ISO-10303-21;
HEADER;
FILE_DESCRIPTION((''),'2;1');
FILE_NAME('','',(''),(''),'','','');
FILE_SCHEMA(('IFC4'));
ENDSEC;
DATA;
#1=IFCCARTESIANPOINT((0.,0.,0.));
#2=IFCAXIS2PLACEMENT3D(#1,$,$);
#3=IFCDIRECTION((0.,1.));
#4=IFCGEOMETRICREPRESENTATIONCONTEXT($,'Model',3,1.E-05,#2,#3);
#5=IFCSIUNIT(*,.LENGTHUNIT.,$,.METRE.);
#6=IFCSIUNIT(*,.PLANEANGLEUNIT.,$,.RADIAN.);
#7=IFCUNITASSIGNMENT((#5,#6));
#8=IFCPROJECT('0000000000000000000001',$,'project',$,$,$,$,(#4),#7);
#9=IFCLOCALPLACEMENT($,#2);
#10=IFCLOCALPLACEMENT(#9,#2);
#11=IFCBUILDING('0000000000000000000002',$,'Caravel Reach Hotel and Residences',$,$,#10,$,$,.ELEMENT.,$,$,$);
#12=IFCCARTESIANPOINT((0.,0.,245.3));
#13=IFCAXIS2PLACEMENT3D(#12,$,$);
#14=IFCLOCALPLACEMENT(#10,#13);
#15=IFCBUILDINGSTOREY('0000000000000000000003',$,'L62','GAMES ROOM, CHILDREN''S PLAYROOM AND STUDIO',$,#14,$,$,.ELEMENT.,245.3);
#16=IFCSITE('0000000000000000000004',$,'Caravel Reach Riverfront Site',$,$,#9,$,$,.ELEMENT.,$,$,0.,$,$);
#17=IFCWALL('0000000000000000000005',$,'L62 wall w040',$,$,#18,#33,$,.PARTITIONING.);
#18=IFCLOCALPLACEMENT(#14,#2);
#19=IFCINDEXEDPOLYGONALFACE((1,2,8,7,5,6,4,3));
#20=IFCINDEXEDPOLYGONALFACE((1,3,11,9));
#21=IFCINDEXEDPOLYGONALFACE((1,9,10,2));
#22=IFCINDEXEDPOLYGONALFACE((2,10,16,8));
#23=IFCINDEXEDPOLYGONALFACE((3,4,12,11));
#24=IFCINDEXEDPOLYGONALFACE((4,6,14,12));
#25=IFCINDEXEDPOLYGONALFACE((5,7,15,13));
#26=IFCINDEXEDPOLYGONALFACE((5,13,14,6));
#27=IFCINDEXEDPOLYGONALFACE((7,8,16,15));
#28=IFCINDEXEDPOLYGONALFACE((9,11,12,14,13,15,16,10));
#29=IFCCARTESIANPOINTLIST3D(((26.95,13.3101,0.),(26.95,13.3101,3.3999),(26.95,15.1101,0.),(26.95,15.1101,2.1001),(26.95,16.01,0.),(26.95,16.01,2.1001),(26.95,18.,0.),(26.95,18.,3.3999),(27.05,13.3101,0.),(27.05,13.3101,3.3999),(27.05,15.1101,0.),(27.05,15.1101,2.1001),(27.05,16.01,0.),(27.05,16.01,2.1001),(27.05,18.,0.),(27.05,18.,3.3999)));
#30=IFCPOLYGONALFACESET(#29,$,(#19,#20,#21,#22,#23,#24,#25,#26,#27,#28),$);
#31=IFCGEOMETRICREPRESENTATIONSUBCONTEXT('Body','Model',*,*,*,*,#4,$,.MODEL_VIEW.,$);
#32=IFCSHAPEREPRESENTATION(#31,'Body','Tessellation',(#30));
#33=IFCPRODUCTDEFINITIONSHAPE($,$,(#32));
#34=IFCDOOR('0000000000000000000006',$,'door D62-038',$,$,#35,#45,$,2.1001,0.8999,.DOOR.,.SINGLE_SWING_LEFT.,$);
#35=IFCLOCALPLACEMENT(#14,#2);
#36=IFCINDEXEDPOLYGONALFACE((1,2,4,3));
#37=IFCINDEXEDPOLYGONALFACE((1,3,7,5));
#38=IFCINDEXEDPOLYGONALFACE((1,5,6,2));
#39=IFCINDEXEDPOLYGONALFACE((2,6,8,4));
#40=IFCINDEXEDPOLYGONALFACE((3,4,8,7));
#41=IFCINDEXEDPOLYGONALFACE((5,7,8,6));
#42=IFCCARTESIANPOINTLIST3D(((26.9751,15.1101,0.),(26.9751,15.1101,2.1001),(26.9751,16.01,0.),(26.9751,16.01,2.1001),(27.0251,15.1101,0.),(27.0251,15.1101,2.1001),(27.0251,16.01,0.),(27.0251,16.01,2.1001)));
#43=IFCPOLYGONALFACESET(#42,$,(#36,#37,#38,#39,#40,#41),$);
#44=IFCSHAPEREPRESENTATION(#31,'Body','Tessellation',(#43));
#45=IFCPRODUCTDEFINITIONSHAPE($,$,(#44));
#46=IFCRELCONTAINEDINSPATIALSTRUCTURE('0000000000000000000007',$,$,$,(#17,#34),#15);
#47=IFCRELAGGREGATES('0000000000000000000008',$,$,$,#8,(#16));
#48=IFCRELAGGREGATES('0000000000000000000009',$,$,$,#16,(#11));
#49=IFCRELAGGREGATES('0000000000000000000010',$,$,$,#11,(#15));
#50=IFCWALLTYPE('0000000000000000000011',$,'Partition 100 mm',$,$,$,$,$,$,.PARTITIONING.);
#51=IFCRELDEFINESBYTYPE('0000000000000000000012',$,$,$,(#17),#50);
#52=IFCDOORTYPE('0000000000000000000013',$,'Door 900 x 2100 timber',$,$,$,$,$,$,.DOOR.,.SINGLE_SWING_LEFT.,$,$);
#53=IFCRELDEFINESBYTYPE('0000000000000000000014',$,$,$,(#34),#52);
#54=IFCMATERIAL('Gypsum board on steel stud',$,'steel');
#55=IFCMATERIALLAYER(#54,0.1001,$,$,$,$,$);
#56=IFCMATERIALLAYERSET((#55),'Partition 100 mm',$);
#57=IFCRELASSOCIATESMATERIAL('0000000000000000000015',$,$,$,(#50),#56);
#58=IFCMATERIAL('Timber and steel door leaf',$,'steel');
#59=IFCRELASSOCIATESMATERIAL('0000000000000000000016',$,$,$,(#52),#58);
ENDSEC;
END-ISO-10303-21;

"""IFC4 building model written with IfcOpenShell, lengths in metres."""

from ifc_helpers import new_model, si_unit, direction, frame, frame_2d, origin, place, context, subcontext, project, spatial, rectangle, extrude, material, layer, layer_set, type_object, element, fill, save


model = new_model("IFC4")

# Units and contexts
model_context = context("Model", 3, precision=1e-05, world=origin(), true_north=direction((0.0, 1.0)))
body_context = subcontext(model_context, "Body", "Model", "MODEL_VIEW")
ifc_project = project(units=[si_unit("LENGTHUNIT", "METRE"), si_unit("PLANEANGLEUNIT", "RADIAN")], contexts=[model_context])

# Site, building, storey
site_placement = place(None, origin())
site = spatial("IfcSite", under=ifc_project, at=site_placement, Name="Caravel Reach Riverfront Site", CompositionType="ELEMENT", RefElevation=0.0)
building_placement = place(site_placement, origin())
building = spatial("IfcBuilding", under=site, at=building_placement, Name="Caravel Reach Hotel and Residences", CompositionType="ELEMENT")
storey_placement = place(building_placement, frame((0.0, 0.0, 245.3)))
storey = spatial("IfcBuildingStorey", under=building, at=storey_placement, Name="L62", Description="GAMES ROOM, CHILDREN'S PLAYROOM AND STUDIO", CompositionType="ELEMENT", Elevation=245.3)

# Shared definitions
ifc_material_1 = material(Name="Gypsum board on steel stud", Category="steel")
ifc_layer_1 = layer(ifc_material_1, 0.1001)
ifc_layer_set_1 = layer_set([ifc_layer_1], Name="Partition 100 mm")
wall_type_1 = type_object("IfcWallType", Name="Partition 100 mm", PredefinedType="PARTITIONING", material=ifc_layer_set_1)

# Wall, opening, door
ifc_material_2 = material(Name="Timber and steel door leaf", Category="steel")
door_type = type_object("IfcDoorType", Name="Door 900 x 2100 timber", OperationType="SINGLE_SWING_LEFT", PredefinedType="DOOR", material=ifc_material_2)
wall_1_placement = place(storey_placement, frame((27.0, 13.3101, 0.0), z_axis=(0.0, 0.0, 1.0), x_axis=(0.0, 1.0, 0.0)))
wall_1 = element("IfcWall", 1, at=wall_1_placement, inside=storey, type_object=wall_type_1, Name="L62 wall w040", PredefinedType="PARTITIONING", context=body_context, shape_type="SweptSolid", body=[
    extrude(rectangle(XDim=4.6899, YDim=0.1001, at=frame_2d((2.345, 0.0))), origin(), (0.0, 0.0, 1.0), 3.3999),
])
opening_1_placement = place(wall_1_placement, frame((1.8, 0.0, 0.0)))
opening_1 = element("IfcOpeningElement", 2, at=opening_1_placement, cuts=wall_1, PredefinedType="OPENING", context=body_context, shape_type="SweptSolid", body=[
    extrude(rectangle(XDim=0.8999, YDim=2.1001, at=frame_2d((0.45, 1.05))), frame((0.0, 0.0601, 0.0), z_axis=(0.0, -1.0, 0.0), x_axis=(1.0, 0.0, 0.0)), (0.0, 0.0, 1.0), 0.1201),
])
door_1_placement = place(opening_1_placement, origin())
door_1 = element("IfcDoor", 3, at=door_1_placement, inside=storey, type_object=door_type, Name="door D62-038", OperationType="SINGLE_SWING_LEFT", OverallHeight=2.1001, OverallWidth=0.8999, PredefinedType="DOOR", context=body_context, shape_type="SweptSolid", body=[
    extrude(rectangle(XDim=0.8999, YDim=2.1001, at=frame_2d((0.45, 1.05))), frame((0.0, 0.0249, 0.0), z_axis=(0.0, -1.0, 0.0), x_axis=(1.0, 0.0, 0.0)), (0.0, 0.0, 1.0), 0.05),
])
fill(opening_1, door_1)

save(model, "model.ifc")
